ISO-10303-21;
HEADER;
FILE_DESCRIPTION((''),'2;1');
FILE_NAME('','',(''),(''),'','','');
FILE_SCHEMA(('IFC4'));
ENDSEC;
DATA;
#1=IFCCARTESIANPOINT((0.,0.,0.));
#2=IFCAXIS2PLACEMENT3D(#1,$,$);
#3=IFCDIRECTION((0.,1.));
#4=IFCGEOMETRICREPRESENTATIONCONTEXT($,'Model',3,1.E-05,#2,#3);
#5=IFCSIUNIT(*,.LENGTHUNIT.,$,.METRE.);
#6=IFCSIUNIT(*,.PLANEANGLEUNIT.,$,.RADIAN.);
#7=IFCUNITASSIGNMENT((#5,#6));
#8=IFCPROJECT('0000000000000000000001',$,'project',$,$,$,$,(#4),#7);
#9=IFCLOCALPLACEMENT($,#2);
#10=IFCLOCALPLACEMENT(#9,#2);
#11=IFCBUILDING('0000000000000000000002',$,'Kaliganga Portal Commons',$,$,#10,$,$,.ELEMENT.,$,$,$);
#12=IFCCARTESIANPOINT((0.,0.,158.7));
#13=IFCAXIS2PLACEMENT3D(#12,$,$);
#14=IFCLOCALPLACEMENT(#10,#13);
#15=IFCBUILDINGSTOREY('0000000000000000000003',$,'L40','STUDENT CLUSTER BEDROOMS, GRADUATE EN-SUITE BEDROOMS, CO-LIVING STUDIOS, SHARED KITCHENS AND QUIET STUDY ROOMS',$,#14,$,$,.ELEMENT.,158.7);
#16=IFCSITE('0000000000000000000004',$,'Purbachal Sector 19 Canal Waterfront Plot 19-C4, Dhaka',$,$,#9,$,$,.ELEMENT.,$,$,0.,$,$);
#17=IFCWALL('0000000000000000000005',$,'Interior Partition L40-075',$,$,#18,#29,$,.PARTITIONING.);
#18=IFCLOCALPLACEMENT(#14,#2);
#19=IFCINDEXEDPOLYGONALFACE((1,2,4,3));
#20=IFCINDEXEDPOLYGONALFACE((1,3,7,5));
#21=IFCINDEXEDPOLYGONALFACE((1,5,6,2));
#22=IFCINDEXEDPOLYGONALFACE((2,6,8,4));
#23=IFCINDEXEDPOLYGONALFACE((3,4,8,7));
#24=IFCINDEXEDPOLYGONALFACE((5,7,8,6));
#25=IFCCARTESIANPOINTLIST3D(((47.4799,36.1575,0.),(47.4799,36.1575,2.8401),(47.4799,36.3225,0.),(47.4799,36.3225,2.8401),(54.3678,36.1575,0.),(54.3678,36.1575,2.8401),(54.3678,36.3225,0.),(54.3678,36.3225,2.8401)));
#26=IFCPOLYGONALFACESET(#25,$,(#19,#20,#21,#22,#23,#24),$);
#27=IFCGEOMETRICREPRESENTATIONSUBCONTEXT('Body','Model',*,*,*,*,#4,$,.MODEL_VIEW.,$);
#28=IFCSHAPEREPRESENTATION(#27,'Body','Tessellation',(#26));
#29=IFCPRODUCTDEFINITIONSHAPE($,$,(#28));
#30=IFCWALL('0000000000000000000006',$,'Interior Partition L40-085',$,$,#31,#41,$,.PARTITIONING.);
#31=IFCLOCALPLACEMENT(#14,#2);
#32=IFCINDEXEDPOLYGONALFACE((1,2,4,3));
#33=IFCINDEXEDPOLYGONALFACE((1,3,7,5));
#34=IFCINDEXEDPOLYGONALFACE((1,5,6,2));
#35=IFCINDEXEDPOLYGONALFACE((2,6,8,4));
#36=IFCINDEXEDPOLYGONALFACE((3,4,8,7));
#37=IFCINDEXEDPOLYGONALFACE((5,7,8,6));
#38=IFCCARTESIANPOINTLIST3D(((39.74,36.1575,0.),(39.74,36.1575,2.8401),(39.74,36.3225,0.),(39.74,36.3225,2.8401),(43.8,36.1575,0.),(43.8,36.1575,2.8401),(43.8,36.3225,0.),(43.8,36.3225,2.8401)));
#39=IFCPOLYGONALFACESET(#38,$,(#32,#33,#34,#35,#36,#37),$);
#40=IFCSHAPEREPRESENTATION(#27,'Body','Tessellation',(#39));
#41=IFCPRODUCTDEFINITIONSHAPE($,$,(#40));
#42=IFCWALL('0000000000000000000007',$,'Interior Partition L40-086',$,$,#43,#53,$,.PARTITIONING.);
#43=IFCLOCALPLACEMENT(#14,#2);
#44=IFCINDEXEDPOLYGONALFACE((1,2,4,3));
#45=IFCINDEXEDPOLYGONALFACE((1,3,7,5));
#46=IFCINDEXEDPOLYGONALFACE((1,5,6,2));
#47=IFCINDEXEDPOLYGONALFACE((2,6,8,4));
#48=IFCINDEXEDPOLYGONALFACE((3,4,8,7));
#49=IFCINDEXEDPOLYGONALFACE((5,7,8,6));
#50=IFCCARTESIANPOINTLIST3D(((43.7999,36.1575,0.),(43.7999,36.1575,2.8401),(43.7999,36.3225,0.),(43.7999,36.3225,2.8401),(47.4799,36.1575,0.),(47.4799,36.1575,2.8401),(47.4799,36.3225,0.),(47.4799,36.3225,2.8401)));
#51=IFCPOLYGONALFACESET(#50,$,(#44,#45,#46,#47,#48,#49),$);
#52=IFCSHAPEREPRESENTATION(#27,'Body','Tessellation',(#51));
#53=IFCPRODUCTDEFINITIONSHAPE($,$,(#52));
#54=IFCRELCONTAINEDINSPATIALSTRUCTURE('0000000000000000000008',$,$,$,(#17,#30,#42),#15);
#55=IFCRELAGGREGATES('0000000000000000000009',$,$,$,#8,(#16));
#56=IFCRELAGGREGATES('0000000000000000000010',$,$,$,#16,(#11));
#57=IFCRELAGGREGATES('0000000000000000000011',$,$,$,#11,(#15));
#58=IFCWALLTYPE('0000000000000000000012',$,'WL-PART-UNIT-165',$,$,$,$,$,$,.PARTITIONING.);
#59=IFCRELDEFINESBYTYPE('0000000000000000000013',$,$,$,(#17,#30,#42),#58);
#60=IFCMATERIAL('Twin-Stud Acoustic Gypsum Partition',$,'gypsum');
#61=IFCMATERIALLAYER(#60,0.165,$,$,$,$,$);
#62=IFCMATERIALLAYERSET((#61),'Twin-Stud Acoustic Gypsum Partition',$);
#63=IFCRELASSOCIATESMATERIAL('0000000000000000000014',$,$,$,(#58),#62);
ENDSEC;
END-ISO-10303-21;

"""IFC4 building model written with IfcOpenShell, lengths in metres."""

from ifc_helpers import new_model, si_unit, direction, frame, frame_2d, origin, place, context, subcontext, project, spatial, rectangle, extrude, material, layer, layer_set, type_object, element, save


model = new_model("IFC4")

# Units and contexts
model_context = context("Model", 3, precision=1e-05, world=origin(), true_north=direction((0.0, 1.0)))
body_context = subcontext(model_context, "Body", "Model", "MODEL_VIEW")
ifc_project = project(units=[si_unit("LENGTHUNIT", "METRE"), si_unit("PLANEANGLEUNIT", "RADIAN")], contexts=[model_context])

# Site, building, storey
site_placement = place(None, origin())
site = spatial("IfcSite", under=ifc_project, at=site_placement, Name="Purbachal Sector 19 Canal Waterfront Plot 19-C4, Dhaka", CompositionType="ELEMENT", RefElevation=0.0)
building_placement = place(site_placement, origin())
building = spatial("IfcBuilding", under=site, at=building_placement, Name="Kaliganga Portal Commons", CompositionType="ELEMENT")
storey_placement = place(building_placement, frame((0.0, 0.0, 158.7)))
storey = spatial("IfcBuildingStorey", under=building, at=storey_placement, Name="L40", Description="STUDENT CLUSTER BEDROOMS, GRADUATE EN-SUITE BEDROOMS, CO-LIVING STUDIOS, SHARED KITCHENS AND QUIET STUDY ROOMS", CompositionType="ELEMENT", Elevation=158.7)

# Walls
ifc_material_1 = material(Name="Twin-Stud Acoustic Gypsum Partition", Category="gypsum")
ifc_layer_1 = layer(ifc_material_1, 0.165)
ifc_layer_set_1 = layer_set([ifc_layer_1], Name="Twin-Stud Acoustic Gypsum Partition")
wall_type_1 = type_object("IfcWallType", Name="WL-PART-UNIT-165", PredefinedType="PARTITIONING", material=ifc_layer_set_1)
wall_1_placement = place(storey_placement, frame((47.48, 36.24, 0.0), z_axis=(0.0, 0.0, 1.0), x_axis=(1.0, 0.0, 0.0)))
element("IfcWall", 1, at=wall_1_placement, inside=storey, type_object=wall_type_1, Name="Interior Partition L40-075", PredefinedType="PARTITIONING", context=body_context, shape_type="SweptSolid", body=[
    extrude(rectangle(XDim=6.8879, YDim=0.165, at=frame_2d((3.4438, 0.0))), origin(), (0.0, 0.0, 1.0), 2.8401),
])
wall_2_placement = place(storey_placement, frame((39.74, 36.24, 0.0), z_axis=(0.0, 0.0, 1.0), x_axis=(1.0, 0.0, 0.0)))
element("IfcWall", 2, at=wall_2_placement, inside=storey, type_object=wall_type_1, Name="Interior Partition L40-085", PredefinedType="PARTITIONING", context=body_context, shape_type="SweptSolid", body=[
    extrude(rectangle(XDim=4.0601, YDim=0.165, at=frame_2d((2.03, 0.0))), origin(), (0.0, 0.0, 1.0), 2.8401),
])
wall_3_placement = place(storey_placement, frame((43.8, 36.24, 0.0), z_axis=(0.0, 0.0, 1.0), x_axis=(1.0, 0.0, 0.0)))
element("IfcWall", 3, at=wall_3_placement, inside=storey, type_object=wall_type_1, Name="Interior Partition L40-086", PredefinedType="PARTITIONING", context=body_context, shape_type="SweptSolid", body=[
    extrude(rectangle(XDim=3.6799, YDim=0.165, at=frame_2d((1.8398, 0.0))), origin(), (0.0, 0.0, 1.0), 2.8401),
])

save(model, "model.ifc")
